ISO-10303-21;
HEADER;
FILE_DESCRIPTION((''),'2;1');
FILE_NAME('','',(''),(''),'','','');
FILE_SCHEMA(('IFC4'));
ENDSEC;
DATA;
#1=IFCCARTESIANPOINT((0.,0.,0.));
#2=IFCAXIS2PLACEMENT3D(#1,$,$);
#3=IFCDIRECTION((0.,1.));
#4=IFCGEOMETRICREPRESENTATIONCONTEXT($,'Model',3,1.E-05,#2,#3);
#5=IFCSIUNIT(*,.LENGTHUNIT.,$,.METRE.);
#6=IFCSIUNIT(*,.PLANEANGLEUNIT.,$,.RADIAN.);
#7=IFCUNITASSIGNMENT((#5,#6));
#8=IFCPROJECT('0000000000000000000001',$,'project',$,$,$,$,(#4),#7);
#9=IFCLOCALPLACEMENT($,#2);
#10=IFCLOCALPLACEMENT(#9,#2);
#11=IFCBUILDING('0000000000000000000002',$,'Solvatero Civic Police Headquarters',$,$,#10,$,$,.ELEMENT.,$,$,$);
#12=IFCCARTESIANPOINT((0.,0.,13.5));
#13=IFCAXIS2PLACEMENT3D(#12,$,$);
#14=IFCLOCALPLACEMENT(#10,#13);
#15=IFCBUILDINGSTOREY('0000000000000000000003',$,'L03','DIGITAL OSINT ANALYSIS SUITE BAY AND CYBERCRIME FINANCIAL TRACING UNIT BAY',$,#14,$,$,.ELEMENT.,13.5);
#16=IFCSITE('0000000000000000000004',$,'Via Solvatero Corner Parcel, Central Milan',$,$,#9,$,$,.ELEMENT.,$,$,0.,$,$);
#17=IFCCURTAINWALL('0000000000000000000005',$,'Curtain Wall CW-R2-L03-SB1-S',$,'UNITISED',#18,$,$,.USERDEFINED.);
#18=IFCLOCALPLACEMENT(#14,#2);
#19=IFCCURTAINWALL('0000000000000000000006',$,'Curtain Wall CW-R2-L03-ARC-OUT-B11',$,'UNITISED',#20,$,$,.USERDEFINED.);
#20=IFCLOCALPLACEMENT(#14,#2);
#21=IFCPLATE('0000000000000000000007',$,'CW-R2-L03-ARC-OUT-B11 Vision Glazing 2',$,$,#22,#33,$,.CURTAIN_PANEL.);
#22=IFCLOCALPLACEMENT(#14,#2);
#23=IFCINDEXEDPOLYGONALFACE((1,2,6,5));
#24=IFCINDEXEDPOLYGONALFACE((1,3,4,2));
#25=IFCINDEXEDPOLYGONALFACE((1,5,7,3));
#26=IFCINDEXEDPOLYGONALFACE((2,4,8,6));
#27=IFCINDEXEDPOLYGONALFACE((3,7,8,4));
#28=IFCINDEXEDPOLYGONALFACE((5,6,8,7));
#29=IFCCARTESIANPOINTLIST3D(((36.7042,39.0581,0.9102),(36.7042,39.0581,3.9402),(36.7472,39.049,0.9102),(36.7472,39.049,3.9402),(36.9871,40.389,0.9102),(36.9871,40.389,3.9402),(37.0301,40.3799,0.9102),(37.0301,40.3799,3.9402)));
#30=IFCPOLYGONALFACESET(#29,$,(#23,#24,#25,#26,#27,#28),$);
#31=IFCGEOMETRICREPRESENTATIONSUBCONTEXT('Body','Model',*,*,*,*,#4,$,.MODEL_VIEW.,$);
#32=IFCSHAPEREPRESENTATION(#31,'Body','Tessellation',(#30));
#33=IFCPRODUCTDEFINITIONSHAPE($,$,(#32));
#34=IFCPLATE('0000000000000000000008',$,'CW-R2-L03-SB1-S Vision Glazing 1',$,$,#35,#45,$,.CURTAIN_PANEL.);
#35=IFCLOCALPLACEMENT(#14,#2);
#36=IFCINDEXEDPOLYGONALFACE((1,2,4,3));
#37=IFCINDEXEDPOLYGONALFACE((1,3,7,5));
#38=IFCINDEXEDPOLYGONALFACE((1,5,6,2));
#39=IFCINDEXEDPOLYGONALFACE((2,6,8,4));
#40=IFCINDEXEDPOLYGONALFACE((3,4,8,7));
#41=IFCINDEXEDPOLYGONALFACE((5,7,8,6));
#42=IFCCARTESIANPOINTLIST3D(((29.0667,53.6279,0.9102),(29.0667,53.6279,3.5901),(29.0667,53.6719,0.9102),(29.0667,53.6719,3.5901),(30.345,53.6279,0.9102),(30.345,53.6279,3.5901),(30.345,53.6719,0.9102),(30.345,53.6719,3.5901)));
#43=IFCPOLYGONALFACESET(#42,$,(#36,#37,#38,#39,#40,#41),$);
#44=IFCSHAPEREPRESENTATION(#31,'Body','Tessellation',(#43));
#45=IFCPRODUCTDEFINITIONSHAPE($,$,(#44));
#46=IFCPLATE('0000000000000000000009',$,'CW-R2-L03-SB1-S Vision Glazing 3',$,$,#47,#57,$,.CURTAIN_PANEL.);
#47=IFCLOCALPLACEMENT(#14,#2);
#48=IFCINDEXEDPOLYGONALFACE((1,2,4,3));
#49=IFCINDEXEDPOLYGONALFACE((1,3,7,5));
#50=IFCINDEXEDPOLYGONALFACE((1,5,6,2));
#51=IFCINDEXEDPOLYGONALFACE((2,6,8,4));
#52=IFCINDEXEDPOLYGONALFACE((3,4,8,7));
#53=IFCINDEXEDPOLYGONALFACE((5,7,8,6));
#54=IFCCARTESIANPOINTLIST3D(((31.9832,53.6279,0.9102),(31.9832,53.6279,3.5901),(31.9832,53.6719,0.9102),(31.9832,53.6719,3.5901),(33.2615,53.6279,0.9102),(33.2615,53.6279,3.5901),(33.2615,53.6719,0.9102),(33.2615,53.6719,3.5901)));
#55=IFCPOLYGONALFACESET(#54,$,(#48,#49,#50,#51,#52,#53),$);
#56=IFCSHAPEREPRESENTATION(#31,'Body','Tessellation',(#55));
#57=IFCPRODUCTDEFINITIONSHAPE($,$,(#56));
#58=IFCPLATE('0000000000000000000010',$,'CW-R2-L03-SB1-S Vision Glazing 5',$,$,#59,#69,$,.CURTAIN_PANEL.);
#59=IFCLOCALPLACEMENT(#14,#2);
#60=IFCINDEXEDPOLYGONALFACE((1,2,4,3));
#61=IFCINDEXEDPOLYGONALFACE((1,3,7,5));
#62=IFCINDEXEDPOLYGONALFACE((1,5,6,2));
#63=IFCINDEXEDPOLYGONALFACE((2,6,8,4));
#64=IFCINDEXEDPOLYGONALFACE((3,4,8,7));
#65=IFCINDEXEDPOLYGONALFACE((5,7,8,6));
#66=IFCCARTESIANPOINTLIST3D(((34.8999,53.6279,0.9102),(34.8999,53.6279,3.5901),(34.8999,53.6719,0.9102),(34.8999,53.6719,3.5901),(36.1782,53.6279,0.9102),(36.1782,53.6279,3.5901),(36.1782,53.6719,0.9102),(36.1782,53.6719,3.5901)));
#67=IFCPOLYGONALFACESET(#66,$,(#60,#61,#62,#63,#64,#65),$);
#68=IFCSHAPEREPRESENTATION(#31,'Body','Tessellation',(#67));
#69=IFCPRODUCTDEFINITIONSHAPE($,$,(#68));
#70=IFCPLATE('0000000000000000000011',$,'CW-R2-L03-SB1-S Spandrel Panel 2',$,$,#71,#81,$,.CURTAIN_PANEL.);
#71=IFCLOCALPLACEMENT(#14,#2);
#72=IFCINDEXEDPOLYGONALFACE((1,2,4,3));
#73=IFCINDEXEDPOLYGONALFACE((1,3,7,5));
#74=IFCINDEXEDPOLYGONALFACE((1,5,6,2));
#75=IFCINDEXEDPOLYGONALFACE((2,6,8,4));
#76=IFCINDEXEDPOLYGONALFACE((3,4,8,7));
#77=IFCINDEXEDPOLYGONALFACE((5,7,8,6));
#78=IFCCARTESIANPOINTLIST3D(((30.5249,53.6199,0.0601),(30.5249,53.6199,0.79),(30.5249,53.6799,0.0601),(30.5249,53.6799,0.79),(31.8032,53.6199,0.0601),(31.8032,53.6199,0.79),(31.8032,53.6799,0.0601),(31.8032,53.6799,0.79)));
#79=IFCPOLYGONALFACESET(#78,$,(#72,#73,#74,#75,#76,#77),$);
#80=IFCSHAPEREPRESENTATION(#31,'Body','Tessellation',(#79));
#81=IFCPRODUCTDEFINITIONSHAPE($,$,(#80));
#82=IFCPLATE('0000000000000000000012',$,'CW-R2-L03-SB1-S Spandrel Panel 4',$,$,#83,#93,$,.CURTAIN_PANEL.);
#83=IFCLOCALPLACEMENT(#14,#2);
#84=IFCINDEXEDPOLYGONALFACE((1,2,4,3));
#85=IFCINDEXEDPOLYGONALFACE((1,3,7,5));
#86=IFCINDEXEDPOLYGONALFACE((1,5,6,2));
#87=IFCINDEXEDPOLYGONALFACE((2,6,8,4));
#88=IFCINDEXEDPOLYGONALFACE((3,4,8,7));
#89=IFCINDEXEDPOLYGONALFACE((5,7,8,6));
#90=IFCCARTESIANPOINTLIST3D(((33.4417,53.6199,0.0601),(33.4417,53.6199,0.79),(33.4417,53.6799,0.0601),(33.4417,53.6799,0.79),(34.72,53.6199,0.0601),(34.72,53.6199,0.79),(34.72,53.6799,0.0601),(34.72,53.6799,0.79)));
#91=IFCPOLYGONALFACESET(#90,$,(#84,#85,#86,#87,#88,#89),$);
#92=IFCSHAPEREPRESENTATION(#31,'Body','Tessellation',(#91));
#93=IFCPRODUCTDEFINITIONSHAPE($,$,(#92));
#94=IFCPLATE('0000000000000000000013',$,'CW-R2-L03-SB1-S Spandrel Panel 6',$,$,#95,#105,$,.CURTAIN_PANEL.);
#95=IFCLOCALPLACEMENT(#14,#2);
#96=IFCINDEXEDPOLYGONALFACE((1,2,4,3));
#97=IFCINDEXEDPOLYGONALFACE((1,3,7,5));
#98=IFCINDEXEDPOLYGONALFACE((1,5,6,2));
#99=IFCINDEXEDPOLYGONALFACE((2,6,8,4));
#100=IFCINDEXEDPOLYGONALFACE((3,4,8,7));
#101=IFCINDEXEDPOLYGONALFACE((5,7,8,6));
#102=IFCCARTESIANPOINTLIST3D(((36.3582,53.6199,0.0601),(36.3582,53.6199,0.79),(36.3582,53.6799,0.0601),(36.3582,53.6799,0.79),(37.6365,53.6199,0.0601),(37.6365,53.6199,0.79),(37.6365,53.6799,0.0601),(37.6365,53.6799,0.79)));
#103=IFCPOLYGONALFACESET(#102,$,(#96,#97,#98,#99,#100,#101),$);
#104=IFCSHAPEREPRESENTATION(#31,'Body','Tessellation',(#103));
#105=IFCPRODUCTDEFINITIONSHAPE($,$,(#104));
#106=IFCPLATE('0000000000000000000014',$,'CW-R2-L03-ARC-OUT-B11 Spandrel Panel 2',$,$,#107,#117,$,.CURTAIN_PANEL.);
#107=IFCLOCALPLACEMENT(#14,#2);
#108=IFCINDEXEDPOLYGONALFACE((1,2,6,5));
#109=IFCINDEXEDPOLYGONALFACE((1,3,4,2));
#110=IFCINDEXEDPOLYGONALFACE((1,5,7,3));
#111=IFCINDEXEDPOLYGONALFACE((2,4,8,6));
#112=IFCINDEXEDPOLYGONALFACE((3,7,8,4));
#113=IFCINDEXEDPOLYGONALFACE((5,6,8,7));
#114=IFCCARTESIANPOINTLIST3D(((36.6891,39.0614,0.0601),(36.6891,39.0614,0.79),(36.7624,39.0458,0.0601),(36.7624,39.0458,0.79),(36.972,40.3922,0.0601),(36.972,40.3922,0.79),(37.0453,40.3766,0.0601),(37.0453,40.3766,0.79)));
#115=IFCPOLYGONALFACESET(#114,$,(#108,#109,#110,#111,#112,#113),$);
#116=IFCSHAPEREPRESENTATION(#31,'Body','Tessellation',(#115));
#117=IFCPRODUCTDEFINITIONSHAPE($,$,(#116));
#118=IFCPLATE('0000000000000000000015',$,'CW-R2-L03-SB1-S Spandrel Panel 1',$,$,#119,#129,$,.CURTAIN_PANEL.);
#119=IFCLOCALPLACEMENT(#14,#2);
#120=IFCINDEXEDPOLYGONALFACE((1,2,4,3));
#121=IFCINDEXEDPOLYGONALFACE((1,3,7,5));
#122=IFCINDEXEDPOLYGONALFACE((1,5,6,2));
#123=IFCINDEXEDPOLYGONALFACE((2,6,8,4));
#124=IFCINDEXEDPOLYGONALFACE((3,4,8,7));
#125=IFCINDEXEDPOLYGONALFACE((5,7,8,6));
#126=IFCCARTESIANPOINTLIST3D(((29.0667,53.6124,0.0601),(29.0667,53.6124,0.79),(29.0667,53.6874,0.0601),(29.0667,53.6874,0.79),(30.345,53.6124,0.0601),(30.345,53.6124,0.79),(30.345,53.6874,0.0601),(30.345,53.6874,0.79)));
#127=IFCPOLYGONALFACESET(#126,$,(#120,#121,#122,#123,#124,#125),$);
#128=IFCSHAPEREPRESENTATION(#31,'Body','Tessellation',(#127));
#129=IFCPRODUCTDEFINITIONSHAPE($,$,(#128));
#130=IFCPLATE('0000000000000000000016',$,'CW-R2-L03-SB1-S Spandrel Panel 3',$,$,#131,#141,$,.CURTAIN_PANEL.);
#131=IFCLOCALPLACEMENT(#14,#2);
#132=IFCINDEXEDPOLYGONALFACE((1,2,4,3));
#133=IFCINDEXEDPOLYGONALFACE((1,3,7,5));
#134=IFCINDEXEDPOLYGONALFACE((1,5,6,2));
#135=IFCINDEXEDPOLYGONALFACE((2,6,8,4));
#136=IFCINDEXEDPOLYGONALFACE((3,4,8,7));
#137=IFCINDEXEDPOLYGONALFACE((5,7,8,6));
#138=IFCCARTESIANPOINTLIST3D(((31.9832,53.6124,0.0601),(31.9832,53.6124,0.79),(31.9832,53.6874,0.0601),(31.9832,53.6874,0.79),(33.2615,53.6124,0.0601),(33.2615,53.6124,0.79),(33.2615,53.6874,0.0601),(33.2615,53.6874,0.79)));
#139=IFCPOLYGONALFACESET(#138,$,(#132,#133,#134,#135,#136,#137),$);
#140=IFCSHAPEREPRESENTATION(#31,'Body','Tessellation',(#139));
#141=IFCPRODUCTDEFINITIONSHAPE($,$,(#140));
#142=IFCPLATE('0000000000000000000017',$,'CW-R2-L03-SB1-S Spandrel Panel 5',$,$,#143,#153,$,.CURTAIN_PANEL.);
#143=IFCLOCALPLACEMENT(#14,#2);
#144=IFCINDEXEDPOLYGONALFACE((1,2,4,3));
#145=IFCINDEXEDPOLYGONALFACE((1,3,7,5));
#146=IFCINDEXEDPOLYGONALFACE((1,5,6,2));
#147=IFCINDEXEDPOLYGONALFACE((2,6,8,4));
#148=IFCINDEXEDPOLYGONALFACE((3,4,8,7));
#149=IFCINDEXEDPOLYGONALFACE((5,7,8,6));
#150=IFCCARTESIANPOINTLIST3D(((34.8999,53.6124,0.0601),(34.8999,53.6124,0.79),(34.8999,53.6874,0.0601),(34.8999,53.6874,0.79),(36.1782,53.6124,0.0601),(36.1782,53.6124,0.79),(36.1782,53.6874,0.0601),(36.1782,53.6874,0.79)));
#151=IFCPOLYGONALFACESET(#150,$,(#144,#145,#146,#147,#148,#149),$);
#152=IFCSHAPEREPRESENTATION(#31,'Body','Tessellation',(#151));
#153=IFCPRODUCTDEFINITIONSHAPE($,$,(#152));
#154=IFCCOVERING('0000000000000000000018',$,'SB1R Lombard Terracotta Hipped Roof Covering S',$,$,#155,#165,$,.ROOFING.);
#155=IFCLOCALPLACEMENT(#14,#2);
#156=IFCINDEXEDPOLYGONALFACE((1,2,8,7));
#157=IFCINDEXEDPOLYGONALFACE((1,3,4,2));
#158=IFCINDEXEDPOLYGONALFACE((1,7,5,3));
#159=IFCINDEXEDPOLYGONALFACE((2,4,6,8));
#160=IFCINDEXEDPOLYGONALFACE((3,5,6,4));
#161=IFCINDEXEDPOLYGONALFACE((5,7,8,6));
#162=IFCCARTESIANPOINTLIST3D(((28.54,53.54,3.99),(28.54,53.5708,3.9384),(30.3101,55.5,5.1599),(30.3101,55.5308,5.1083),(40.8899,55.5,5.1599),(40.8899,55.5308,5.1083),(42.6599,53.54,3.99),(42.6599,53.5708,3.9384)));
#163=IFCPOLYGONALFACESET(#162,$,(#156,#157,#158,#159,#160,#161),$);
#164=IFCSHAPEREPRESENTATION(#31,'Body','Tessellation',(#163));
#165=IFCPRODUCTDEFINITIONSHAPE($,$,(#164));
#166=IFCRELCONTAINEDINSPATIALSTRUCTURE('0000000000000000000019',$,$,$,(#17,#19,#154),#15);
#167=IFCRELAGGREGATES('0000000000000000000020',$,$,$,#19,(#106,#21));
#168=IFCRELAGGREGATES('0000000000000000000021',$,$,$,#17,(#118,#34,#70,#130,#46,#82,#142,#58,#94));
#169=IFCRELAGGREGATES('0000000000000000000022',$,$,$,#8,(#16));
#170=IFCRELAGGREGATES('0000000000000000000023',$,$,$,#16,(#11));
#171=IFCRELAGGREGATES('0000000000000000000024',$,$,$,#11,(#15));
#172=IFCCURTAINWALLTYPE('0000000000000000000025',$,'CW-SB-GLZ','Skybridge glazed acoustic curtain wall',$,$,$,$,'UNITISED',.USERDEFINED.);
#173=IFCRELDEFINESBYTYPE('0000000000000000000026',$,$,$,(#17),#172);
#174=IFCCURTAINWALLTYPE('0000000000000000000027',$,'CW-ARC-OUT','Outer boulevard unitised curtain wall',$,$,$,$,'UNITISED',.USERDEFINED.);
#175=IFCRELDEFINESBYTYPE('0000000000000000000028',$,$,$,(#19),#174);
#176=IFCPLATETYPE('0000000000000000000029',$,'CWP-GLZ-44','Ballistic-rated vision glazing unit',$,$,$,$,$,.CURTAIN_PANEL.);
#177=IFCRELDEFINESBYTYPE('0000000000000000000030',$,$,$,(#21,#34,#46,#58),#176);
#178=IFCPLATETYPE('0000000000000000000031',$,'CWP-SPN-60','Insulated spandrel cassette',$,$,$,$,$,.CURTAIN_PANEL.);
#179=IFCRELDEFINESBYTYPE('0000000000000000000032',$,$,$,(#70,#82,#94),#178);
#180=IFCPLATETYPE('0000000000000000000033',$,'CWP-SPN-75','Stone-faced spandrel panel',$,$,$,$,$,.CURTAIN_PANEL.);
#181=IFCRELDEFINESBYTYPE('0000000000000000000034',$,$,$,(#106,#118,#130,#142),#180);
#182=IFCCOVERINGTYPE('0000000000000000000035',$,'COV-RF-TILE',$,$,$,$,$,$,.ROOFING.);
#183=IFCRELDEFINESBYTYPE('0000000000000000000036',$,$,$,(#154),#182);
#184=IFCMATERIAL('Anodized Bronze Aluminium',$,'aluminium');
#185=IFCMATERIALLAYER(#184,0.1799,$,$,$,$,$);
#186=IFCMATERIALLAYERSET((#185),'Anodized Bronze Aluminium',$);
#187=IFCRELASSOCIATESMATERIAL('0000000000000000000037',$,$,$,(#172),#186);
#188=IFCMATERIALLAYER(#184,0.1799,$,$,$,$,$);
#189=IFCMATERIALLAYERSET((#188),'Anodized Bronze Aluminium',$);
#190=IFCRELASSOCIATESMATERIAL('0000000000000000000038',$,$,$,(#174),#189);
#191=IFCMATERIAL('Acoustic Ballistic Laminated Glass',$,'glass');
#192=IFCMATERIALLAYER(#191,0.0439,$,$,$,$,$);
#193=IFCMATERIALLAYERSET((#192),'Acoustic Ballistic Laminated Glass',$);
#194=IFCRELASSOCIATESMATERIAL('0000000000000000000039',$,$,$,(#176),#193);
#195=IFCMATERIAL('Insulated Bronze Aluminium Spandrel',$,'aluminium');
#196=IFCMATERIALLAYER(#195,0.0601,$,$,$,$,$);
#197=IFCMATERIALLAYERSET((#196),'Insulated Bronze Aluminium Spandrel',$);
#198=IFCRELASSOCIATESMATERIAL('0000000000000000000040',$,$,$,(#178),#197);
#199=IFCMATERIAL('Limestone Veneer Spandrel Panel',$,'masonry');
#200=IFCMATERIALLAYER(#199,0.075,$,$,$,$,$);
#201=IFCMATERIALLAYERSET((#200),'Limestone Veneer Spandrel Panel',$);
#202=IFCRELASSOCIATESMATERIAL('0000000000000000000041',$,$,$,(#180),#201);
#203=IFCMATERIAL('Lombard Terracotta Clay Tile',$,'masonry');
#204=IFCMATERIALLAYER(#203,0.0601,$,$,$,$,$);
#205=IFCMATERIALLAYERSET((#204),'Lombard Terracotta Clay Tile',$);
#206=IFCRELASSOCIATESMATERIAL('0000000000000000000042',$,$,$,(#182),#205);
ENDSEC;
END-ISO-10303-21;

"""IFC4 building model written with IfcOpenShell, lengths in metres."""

from ifc_helpers import new_model, si_unit, direction, frame, origin, origin_2d, place, context, subcontext, project, spatial, polyline, rectangle, outline, extrude, material, layer, layer_set, type_object, element, aggregate, save


model = new_model("IFC4")

# Units and contexts
model_context = context("Model", 3, precision=1e-05, world=origin(), true_north=direction((0.0, 1.0)))
body_context = subcontext(model_context, "Body", "Model", "MODEL_VIEW")
ifc_project = project(units=[si_unit("LENGTHUNIT", "METRE"), si_unit("PLANEANGLEUNIT", "RADIAN")], contexts=[model_context])

# Site, building, storey
site_placement = place(None, origin())
site = spatial("IfcSite", under=ifc_project, at=site_placement, Name="Via Solvatero Corner Parcel, Central Milan", CompositionType="ELEMENT", RefElevation=0.0)
building_placement = place(site_placement, origin())
building = spatial("IfcBuilding", under=site, at=building_placement, Name="Solvatero Civic Police Headquarters", CompositionType="ELEMENT")
storey_placement = place(building_placement, frame((0.0, 0.0, 13.5)))
storey = spatial("IfcBuildingStorey", under=building, at=storey_placement, Name="L03", Description="DIGITAL OSINT ANALYSIS SUITE BAY AND CYBERCRIME FINANCIAL TRACING UNIT BAY", CompositionType="ELEMENT", Elevation=13.5)

# Curtain wall
ifc_material_1 = material(Name="Anodized Bronze Aluminium", Category="aluminium")
ifc_layer_1 = layer(ifc_material_1, 0.1799)
ifc_layer_set_1 = layer_set([ifc_layer_1], Name="Anodized Bronze Aluminium")
curtain_wall_type_1 = type_object("IfcCurtainWallType", Name="CW-SB-GLZ", Description="Skybridge glazed acoustic curtain wall", ElementType="UNITISED", PredefinedType="USERDEFINED", material=ifc_layer_set_1)
curtain_wall_1_placement = place(storey_placement, origin())
curtain_wall_1 = element("IfcCurtainWall", 1, at=curtain_wall_1_placement, inside=storey, type_object=curtain_wall_type_1, Name="Curtain Wall CW-R2-L03-SB1-S", ObjectType="UNITISED", PredefinedType="USERDEFINED")

# Curtain wall, plate
ifc_layer_2 = layer(ifc_material_1, 0.1799)
ifc_layer_set_2 = layer_set([ifc_layer_2], Name="Anodized Bronze Aluminium")
curtain_wall_type_2 = type_object("IfcCurtainWallType", Name="CW-ARC-OUT", Description="Outer boulevard unitised curtain wall", ElementType="UNITISED", PredefinedType="USERDEFINED", material=ifc_layer_set_2)
curtain_wall_2_placement = place(storey_placement, origin())
curtain_wall_2 = element("IfcCurtainWall", 2, at=curtain_wall_2_placement, inside=storey, type_object=curtain_wall_type_2, Name="Curtain Wall CW-R2-L03-ARC-OUT-B11", ObjectType="UNITISED", PredefinedType="USERDEFINED")
ifc_material_2 = material(Name="Acoustic Ballistic Laminated Glass", Category="glass")
ifc_layer_3 = layer(ifc_material_2, 0.0439)
ifc_layer_set_3 = layer_set([ifc_layer_3], Name="Acoustic Ballistic Laminated Glass")
plate_type_1 = type_object("IfcPlateType", Name="CWP-GLZ-44", Description="Ballistic-rated vision glazing unit", PredefinedType="CURTAIN_PANEL", material=ifc_layer_set_3)
plate_1_placement = place(storey_placement, frame((36.8672, 39.719, 0.9102), z_axis=(0.0, 0.0, 1.0), x_axis=(-0.207929, -0.978144, 0.0)))
plate_1 = element("IfcPlate", 3, at=plate_1_placement, type_object=plate_type_1, Name="CW-R2-L03-ARC-OUT-B11 Vision Glazing 2", PredefinedType="CURTAIN_PANEL", context=body_context, shape_type="SweptSolid", body=[
    extrude(rectangle(XDim=1.3606, YDim=0.0439, at=origin_2d()), origin(), (0.0, 0.0, 1.0), 3.03),
])

# Plates
plate_2_placement = place(storey_placement, frame((29.7058, 53.6499, 0.9102), z_axis=(0.0, 0.0, 1.0), x_axis=(1.0, 0.0, 0.0)))
plate_2 = element("IfcPlate", 4, at=plate_2_placement, type_object=plate_type_1, Name="CW-R2-L03-SB1-S Vision Glazing 1", PredefinedType="CURTAIN_PANEL", context=body_context, shape_type="SweptSolid", body=[
    extrude(rectangle(XDim=1.2783, YDim=0.0439, at=origin_2d()), origin(), (0.0, 0.0, 1.0), 2.6799),
])
plate_3_placement = place(storey_placement, frame((32.6223, 53.6499, 0.9102), z_axis=(0.0, 0.0, 1.0), x_axis=(1.0, 0.0, 0.0)))
plate_3 = element("IfcPlate", 5, at=plate_3_placement, type_object=plate_type_1, Name="CW-R2-L03-SB1-S Vision Glazing 3", PredefinedType="CURTAIN_PANEL", context=body_context, shape_type="SweptSolid", body=[
    extrude(rectangle(XDim=1.2783, YDim=0.0439, at=origin_2d()), origin(), (0.0, 0.0, 1.0), 2.6799),
])
plate_4_placement = place(storey_placement, frame((35.5391, 53.6499, 0.9102), z_axis=(0.0, 0.0, 1.0), x_axis=(1.0, 0.0, 0.0)))
plate_4 = element("IfcPlate", 6, at=plate_4_placement, type_object=plate_type_1, Name="CW-R2-L03-SB1-S Vision Glazing 5", PredefinedType="CURTAIN_PANEL", context=body_context, shape_type="SweptSolid", body=[
    extrude(rectangle(XDim=1.2783, YDim=0.0439, at=origin_2d()), origin(), (0.0, 0.0, 1.0), 2.6799),
])
ifc_material_3 = material(Name="Insulated Bronze Aluminium Spandrel", Category="aluminium")
ifc_layer_4 = layer(ifc_material_3, 0.0601)
ifc_layer_set_4 = layer_set([ifc_layer_4], Name="Insulated Bronze Aluminium Spandrel")
plate_type_2 = type_object("IfcPlateType", Name="CWP-SPN-60", Description="Insulated spandrel cassette", PredefinedType="CURTAIN_PANEL", material=ifc_layer_set_4)
plate_5_placement = place(storey_placement, frame((31.1641, 53.6499, 0.0601), z_axis=(0.0, 0.0, 1.0), x_axis=(1.0, 0.0, 0.0)))
plate_5 = element("IfcPlate", 7, at=plate_5_placement, type_object=plate_type_2, Name="CW-R2-L03-SB1-S Spandrel Panel 2", PredefinedType="CURTAIN_PANEL", context=body_context, shape_type="SweptSolid", body=[
    extrude(rectangle(XDim=1.2783, YDim=0.0601, at=origin_2d()), origin(), (0.0, 0.0, 1.0), 0.73),
])
plate_6_placement = place(storey_placement, frame((34.0808, 53.6499, 0.0601), z_axis=(0.0, 0.0, 1.0), x_axis=(1.0, 0.0, 0.0)))
plate_6 = element("IfcPlate", 8, at=plate_6_placement, type_object=plate_type_2, Name="CW-R2-L03-SB1-S Spandrel Panel 4", PredefinedType="CURTAIN_PANEL", context=body_context, shape_type="SweptSolid", body=[
    extrude(rectangle(XDim=1.2783, YDim=0.0601, at=origin_2d()), origin(), (0.0, 0.0, 1.0), 0.73),
])
plate_7_placement = place(storey_placement, frame((36.9973, 53.6499, 0.0601), z_axis=(0.0, 0.0, 1.0), x_axis=(1.0, 0.0, 0.0)))
plate_7 = element("IfcPlate", 9, at=plate_7_placement, type_object=plate_type_2, Name="CW-R2-L03-SB1-S Spandrel Panel 6", PredefinedType="CURTAIN_PANEL", context=body_context, shape_type="SweptSolid", body=[
    extrude(rectangle(XDim=1.2783, YDim=0.0601, at=origin_2d()), origin(), (0.0, 0.0, 1.0), 0.73),
])
ifc_material_4 = material(Name="Limestone Veneer Spandrel Panel", Category="masonry")
ifc_layer_5 = layer(ifc_material_4, 0.075)
ifc_layer_set_5 = layer_set([ifc_layer_5], Name="Limestone Veneer Spandrel Panel")
plate_type_3 = type_object("IfcPlateType", Name="CWP-SPN-75", Description="Stone-faced spandrel panel", PredefinedType="CURTAIN_PANEL", material=ifc_layer_set_5)
plate_8_placement = place(storey_placement, frame((36.8672, 39.719, 0.0601), z_axis=(0.0, 0.0, 1.0), x_axis=(-0.207929, -0.978144, 0.0)))
plate_8 = element("IfcPlate", 10, at=plate_8_placement, type_object=plate_type_3, Name="CW-R2-L03-ARC-OUT-B11 Spandrel Panel 2", PredefinedType="CURTAIN_PANEL", context=body_context, shape_type="SweptSolid", body=[
    extrude(rectangle(XDim=1.3606, YDim=0.075, at=origin_2d()), origin(), (0.0, 0.0, 1.0), 0.73),
])
aggregate(curtain_wall_2, [plate_8, plate_1])
plate_9_placement = place(storey_placement, frame((29.7058, 53.6499, 0.0601), z_axis=(0.0, 0.0, 1.0), x_axis=(1.0, 0.0, 0.0)))
plate_9 = element("IfcPlate", 11, at=plate_9_placement, type_object=plate_type_3, Name="CW-R2-L03-SB1-S Spandrel Panel 1", PredefinedType="CURTAIN_PANEL", context=body_context, shape_type="SweptSolid", body=[
    extrude(rectangle(XDim=1.2783, YDim=0.075, at=origin_2d()), origin(), (0.0, 0.0, 1.0), 0.73),
])
plate_10_placement = place(storey_placement, frame((32.6223, 53.6499, 0.0601), z_axis=(0.0, 0.0, 1.0), x_axis=(1.0, 0.0, 0.0)))
plate_10 = element("IfcPlate", 12, at=plate_10_placement, type_object=plate_type_3, Name="CW-R2-L03-SB1-S Spandrel Panel 3", PredefinedType="CURTAIN_PANEL", context=body_context, shape_type="SweptSolid", body=[
    extrude(rectangle(XDim=1.2783, YDim=0.075, at=origin_2d()), origin(), (0.0, 0.0, 1.0), 0.73),
])
plate_11_placement = place(storey_placement, frame((35.5391, 53.6499, 0.0601), z_axis=(0.0, 0.0, 1.0), x_axis=(1.0, 0.0, 0.0)))
plate_11 = element("IfcPlate", 13, at=plate_11_placement, type_object=plate_type_3, Name="CW-R2-L03-SB1-S Spandrel Panel 5", PredefinedType="CURTAIN_PANEL", context=body_context, shape_type="SweptSolid", body=[
    extrude(rectangle(XDim=1.2783, YDim=0.075, at=origin_2d()), origin(), (0.0, 0.0, 1.0), 0.73),
])
aggregate(curtain_wall_1, [plate_9, plate_2, plate_5, plate_10, plate_3, plate_6, plate_11, plate_4, plate_7])

# Covering
ifc_material_5 = material(Name="Lombard Terracotta Clay Tile", Category="masonry")
ifc_layer_6 = layer(ifc_material_5, 0.0601)
ifc_layer_set_6 = layer_set([ifc_layer_6], Name="Lombard Terracotta Clay Tile")
covering_type = type_object("IfcCoveringType", Name="COV-RF-TILE", PredefinedType="ROOFING", material=ifc_layer_set_6)
covering_placement = place(storey_placement, frame((28.54, 53.54, 3.99), z_axis=(0.0, -0.512544, 0.858661), x_axis=(1.0, 0.0, 0.0)))
element("IfcCovering", 14, at=covering_placement, inside=storey, type_object=covering_type, Name="SB1R Lombard Terracotta Hipped Roof Covering S", PredefinedType="ROOFING", context=body_context, shape_type="SweptSolid", body=[
    extrude(outline(polyline([(0.0, 0.0), (14.1199, 0.0), (12.3499, 2.2826), (1.77, 2.2826), (0.0, 0.0)])), origin(), (0.0, 0.0, -1.0), 0.0601),
])

save(model, "model.ifc")
